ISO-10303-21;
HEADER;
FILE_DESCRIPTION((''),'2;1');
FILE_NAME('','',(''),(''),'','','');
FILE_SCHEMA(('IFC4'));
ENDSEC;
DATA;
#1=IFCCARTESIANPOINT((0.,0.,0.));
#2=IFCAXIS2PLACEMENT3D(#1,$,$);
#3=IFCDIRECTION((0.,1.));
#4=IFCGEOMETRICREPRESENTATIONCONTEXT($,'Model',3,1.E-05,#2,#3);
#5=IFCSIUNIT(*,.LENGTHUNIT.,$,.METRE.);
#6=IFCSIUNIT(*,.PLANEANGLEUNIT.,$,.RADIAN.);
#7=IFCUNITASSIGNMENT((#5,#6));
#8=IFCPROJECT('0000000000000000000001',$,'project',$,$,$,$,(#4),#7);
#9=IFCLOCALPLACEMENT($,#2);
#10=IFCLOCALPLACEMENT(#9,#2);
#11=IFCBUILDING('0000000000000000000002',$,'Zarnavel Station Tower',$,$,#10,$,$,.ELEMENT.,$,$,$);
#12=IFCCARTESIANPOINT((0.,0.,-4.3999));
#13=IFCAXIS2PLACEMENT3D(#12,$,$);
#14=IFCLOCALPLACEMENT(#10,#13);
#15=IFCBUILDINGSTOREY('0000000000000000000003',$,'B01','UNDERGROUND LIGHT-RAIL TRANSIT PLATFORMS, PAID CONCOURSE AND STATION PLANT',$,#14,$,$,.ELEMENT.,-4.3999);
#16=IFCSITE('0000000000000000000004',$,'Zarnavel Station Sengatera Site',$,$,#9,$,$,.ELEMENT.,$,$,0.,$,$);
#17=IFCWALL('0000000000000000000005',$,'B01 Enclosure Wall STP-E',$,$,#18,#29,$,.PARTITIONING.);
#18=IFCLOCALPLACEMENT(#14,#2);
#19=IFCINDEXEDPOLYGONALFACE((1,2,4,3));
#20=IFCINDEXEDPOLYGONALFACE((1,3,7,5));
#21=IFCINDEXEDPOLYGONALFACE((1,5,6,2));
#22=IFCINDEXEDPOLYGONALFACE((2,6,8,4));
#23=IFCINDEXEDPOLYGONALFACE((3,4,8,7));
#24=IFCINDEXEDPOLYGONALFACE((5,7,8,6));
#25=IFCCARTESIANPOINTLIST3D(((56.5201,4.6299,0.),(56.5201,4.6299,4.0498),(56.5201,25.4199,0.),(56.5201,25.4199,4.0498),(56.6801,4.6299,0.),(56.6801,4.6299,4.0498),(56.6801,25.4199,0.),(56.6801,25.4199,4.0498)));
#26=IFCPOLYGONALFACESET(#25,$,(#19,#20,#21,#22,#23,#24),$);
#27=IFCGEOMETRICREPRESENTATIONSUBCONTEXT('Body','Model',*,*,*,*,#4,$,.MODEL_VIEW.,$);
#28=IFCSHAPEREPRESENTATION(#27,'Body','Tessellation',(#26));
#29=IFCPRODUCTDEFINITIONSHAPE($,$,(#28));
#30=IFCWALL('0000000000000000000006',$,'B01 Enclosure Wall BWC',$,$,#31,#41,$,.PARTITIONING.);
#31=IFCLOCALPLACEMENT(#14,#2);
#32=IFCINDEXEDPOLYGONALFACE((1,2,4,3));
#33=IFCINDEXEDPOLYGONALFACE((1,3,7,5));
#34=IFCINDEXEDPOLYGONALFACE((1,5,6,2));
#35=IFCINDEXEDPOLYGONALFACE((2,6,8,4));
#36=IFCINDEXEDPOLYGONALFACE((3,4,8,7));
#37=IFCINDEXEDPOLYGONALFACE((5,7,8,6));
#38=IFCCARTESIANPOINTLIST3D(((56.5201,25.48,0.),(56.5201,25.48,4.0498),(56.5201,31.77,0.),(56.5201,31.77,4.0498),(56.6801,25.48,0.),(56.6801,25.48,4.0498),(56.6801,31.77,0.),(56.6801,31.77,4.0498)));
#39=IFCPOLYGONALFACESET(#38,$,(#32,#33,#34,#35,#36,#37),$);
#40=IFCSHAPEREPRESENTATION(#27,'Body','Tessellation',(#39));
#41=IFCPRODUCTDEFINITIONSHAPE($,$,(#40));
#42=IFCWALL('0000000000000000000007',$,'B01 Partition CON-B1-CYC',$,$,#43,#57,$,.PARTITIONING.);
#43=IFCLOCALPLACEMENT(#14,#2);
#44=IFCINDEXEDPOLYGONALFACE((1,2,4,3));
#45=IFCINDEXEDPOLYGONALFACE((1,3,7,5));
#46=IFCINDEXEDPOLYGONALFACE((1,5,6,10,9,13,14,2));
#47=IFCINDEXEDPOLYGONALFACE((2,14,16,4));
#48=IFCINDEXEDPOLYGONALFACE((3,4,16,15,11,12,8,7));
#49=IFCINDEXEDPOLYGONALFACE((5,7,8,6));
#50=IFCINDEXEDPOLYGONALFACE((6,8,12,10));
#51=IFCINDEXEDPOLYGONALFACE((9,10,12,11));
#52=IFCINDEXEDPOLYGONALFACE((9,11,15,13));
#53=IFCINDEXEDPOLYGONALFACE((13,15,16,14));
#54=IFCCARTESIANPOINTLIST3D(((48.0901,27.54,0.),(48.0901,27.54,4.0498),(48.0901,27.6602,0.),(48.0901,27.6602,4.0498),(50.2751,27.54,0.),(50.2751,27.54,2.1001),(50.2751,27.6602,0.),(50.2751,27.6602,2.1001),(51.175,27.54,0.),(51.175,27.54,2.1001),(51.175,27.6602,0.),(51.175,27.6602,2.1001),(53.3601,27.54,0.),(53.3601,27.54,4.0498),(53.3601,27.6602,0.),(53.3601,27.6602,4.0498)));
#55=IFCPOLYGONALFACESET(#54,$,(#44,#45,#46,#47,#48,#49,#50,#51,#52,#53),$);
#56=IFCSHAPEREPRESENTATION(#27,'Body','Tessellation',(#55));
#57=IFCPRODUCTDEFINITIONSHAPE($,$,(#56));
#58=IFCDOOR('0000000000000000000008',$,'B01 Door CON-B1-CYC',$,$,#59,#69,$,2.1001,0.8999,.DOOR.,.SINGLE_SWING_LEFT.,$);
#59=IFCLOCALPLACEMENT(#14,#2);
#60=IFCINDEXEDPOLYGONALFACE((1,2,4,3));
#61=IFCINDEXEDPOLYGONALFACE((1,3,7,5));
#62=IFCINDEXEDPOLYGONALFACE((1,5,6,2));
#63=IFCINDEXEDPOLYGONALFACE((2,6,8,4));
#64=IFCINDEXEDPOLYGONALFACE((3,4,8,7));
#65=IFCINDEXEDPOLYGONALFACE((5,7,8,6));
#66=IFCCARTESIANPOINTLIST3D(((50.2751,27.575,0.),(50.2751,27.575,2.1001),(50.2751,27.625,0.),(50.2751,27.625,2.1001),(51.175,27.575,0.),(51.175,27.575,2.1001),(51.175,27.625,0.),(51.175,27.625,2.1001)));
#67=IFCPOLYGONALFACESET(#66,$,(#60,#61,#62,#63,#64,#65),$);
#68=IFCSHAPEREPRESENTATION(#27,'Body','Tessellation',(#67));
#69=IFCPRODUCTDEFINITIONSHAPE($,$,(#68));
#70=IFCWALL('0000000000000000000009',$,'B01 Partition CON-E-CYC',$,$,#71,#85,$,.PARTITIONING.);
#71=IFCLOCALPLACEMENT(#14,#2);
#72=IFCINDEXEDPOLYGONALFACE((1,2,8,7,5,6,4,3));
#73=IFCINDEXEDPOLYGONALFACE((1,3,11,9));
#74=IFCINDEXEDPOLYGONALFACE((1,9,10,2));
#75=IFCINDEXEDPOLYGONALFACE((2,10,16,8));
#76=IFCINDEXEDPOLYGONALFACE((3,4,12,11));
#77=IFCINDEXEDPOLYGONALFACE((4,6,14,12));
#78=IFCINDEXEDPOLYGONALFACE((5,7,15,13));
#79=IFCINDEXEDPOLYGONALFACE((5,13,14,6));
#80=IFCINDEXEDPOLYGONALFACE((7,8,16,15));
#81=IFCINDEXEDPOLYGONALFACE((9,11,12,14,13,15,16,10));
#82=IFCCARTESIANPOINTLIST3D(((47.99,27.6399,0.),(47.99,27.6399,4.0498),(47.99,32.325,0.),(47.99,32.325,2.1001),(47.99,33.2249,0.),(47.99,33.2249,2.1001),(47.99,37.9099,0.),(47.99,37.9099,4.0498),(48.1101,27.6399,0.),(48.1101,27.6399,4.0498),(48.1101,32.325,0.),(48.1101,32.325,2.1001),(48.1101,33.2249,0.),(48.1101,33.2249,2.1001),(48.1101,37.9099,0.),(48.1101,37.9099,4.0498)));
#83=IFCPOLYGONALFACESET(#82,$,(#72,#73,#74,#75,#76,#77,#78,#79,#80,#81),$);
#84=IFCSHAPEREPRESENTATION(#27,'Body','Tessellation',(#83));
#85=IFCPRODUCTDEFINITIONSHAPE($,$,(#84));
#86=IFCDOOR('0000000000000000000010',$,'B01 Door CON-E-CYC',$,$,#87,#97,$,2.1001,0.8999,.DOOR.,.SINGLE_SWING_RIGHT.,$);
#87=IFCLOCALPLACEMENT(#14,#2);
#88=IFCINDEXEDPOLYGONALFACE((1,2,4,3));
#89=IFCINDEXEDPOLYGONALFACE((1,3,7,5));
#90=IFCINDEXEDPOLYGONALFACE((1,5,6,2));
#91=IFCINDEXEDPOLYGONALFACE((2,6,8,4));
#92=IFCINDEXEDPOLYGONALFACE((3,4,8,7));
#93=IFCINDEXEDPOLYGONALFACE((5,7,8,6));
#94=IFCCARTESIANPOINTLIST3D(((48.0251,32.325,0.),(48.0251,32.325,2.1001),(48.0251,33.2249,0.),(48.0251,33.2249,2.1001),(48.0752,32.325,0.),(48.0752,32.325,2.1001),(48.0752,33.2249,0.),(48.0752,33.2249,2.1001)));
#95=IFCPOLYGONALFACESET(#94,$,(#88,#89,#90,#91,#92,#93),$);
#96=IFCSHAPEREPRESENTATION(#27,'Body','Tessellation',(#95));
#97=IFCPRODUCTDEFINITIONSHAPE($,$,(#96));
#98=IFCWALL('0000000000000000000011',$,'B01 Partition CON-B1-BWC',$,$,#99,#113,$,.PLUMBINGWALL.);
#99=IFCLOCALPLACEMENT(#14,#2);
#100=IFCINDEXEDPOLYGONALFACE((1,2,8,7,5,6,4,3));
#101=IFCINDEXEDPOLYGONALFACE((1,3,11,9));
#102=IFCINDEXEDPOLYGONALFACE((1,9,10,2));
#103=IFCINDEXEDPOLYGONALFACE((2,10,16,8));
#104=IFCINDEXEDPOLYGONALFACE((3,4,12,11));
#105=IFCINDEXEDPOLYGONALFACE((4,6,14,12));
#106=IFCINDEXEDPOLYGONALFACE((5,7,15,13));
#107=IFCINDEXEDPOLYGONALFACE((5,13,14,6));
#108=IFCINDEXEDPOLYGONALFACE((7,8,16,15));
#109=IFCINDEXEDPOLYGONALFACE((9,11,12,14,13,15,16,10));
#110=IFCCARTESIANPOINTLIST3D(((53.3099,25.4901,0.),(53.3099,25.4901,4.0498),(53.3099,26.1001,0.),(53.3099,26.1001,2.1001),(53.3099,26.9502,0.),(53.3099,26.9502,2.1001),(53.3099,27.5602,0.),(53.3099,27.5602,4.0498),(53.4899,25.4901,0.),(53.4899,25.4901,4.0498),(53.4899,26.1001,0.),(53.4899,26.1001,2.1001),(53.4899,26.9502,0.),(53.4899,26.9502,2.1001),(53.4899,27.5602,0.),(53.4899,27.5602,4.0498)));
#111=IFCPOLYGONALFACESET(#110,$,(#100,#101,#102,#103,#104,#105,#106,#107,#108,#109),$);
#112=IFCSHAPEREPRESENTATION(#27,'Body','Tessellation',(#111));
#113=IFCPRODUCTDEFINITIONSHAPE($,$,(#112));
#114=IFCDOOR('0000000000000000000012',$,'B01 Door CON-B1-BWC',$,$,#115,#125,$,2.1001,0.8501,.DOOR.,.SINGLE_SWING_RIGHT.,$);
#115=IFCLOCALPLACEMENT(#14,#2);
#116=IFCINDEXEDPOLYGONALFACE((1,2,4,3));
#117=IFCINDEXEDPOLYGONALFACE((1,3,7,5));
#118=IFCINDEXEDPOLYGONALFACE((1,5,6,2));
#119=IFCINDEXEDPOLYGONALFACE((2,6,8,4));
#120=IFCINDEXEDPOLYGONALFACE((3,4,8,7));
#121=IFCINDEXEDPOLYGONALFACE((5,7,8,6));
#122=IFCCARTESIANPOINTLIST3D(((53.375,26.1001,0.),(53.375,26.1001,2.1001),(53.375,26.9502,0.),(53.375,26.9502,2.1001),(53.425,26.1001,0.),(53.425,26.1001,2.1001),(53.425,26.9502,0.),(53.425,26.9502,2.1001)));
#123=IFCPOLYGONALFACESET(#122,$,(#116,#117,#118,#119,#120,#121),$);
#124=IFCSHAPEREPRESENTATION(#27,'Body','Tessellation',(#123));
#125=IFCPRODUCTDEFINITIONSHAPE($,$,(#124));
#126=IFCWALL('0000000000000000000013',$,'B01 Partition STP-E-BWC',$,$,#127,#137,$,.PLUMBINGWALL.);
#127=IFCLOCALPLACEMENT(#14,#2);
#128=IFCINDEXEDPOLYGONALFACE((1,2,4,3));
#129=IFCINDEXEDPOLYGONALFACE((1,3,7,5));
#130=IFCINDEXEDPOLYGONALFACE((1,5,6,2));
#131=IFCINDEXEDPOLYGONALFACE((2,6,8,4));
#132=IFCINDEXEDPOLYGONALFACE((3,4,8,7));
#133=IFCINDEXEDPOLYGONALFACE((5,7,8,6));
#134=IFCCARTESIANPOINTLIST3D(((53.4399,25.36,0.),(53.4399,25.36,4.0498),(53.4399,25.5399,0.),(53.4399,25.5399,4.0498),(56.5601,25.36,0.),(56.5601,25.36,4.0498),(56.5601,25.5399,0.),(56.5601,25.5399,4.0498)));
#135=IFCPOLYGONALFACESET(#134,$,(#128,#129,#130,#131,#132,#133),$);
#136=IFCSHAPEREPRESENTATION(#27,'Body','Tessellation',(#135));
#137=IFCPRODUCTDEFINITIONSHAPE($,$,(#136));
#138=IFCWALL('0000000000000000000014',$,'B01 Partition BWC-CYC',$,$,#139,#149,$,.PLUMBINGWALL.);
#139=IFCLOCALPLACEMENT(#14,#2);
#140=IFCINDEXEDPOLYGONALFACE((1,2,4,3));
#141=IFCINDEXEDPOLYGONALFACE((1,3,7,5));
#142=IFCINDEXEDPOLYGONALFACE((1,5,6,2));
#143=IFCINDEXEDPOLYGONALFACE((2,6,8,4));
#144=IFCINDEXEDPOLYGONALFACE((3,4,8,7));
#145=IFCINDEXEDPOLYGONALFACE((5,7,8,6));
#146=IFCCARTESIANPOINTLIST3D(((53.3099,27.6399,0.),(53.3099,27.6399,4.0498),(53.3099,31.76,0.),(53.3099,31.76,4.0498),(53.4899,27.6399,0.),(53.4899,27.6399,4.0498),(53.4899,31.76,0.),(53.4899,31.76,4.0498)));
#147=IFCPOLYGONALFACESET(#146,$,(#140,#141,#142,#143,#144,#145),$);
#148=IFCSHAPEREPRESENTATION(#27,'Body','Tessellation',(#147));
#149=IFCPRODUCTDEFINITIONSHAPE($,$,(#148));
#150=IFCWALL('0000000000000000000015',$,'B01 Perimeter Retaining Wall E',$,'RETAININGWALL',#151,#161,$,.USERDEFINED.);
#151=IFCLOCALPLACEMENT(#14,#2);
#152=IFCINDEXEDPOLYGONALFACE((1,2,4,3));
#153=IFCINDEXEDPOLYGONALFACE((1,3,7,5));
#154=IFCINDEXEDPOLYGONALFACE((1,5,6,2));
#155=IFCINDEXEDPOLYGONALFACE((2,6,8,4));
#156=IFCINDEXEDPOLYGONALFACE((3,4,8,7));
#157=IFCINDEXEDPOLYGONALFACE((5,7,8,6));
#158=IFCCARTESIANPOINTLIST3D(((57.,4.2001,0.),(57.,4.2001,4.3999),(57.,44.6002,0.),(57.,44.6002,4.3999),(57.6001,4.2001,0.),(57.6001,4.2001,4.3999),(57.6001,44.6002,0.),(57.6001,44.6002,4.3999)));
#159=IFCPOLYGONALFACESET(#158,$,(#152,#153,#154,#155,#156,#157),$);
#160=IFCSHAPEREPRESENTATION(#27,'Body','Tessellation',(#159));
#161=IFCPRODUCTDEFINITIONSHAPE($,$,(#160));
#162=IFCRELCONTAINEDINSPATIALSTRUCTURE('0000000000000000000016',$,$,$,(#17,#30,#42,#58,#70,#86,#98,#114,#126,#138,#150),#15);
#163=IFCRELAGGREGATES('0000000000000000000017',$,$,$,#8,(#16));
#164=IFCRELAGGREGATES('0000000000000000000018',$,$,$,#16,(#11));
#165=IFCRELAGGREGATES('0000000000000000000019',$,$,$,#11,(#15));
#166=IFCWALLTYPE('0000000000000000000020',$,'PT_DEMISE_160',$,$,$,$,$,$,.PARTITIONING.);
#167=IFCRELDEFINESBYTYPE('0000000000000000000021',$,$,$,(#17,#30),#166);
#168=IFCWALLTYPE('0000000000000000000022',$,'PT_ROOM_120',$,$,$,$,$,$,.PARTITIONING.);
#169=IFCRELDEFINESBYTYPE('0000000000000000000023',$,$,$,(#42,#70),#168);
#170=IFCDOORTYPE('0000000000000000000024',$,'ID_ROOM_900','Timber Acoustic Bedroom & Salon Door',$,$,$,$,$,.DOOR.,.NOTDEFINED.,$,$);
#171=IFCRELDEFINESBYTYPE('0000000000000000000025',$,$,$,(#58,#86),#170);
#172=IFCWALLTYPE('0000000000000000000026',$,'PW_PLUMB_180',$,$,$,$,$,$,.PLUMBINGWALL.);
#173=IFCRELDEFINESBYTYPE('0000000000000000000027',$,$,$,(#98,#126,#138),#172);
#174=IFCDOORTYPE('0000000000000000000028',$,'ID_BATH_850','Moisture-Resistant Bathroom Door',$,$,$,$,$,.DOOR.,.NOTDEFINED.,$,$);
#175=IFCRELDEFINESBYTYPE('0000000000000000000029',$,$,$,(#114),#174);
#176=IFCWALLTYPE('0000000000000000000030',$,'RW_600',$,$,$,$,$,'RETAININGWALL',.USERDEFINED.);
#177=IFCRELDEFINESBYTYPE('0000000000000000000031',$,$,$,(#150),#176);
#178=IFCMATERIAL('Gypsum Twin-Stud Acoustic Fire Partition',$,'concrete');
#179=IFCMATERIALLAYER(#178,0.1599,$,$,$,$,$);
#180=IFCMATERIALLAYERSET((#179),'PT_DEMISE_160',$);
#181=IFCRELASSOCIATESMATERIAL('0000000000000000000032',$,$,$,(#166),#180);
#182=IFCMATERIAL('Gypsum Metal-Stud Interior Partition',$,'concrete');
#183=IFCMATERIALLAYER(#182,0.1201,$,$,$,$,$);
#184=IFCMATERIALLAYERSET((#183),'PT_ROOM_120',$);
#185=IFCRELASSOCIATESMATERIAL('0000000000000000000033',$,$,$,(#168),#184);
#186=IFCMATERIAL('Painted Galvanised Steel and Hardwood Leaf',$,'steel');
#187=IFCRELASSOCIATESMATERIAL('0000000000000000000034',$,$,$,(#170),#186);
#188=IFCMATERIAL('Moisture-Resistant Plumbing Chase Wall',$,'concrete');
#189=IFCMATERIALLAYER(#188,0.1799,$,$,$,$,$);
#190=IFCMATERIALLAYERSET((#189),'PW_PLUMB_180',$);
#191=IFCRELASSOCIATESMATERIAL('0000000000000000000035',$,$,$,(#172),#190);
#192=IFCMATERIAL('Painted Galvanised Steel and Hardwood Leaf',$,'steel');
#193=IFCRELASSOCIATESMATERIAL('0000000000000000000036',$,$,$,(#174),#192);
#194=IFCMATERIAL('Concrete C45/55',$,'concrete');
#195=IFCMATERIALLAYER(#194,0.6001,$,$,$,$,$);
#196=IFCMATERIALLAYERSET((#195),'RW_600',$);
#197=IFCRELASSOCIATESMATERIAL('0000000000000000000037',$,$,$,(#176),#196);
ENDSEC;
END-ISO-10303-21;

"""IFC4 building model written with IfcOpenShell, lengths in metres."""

from ifc_helpers import new_model, si_unit, direction, frame, frame_2d, origin, place, context, subcontext, project, spatial, rectangle, extrude, material, layer, layer_set, type_object, element, fill, save


model = new_model("IFC4")

# Units and contexts
model_context = context("Model", 3, precision=1e-05, world=origin(), true_north=direction((0.0, 1.0)))
body_context = subcontext(model_context, "Body", "Model", "MODEL_VIEW")
ifc_project = project(units=[si_unit("LENGTHUNIT", "METRE"), si_unit("PLANEANGLEUNIT", "RADIAN")], contexts=[model_context])

# Site, building, storey
site_placement = place(None, origin())
site = spatial("IfcSite", under=ifc_project, at=site_placement, Name="Zarnavel Station Sengatera Site", CompositionType="ELEMENT", RefElevation=0.0)
building_placement = place(site_placement, origin())
building = spatial("IfcBuilding", under=site, at=building_placement, Name="Zarnavel Station Tower", CompositionType="ELEMENT")
storey_placement = place(building_placement, frame((0.0, 0.0, -4.3999)))
storey = spatial("IfcBuildingStorey", under=building, at=storey_placement, Name="B01", Description="UNDERGROUND LIGHT-RAIL TRANSIT PLATFORMS, PAID CONCOURSE AND STATION PLANT", CompositionType="ELEMENT", Elevation=-4.3999)

# Shared definitions
ifc_material_1 = material(Name="Gypsum Twin-Stud Acoustic Fire Partition", Category="concrete")
ifc_layer_1 = layer(ifc_material_1, 0.1599)
ifc_layer_set_1 = layer_set([ifc_layer_1], Name="PT_DEMISE_160")
wall_type_1 = type_object("IfcWallType", Name="PT_DEMISE_160", PredefinedType="PARTITIONING", material=ifc_layer_set_1)

# Walls
wall_1_placement = place(storey_placement, frame((56.6001, 4.6299, 0.0), z_axis=(0.0, 0.0, 1.0), x_axis=(0.0, 1.0, 0.0)))
element("IfcWall", 1, at=wall_1_placement, inside=storey, type_object=wall_type_1, Name="B01 Enclosure Wall STP-E", PredefinedType="PARTITIONING", context=body_context, shape_type="SweptSolid", body=[
    extrude(rectangle(XDim=20.79, YDim=0.1599, at=frame_2d((10.395, 0.0))), origin(), (0.0, 0.0, 1.0), 4.0498),
])
wall_2_placement = place(storey_placement, frame((56.6001, 25.48, 0.0), z_axis=(0.0, 0.0, 1.0), x_axis=(0.0, 1.0, 0.0)))
element("IfcWall", 2, at=wall_2_placement, inside=storey, type_object=wall_type_1, Name="B01 Enclosure Wall BWC", PredefinedType="PARTITIONING", context=body_context, shape_type="SweptSolid", body=[
    extrude(rectangle(XDim=6.29, YDim=0.1599, at=frame_2d((3.145, 0.0))), origin(), (0.0, 0.0, 1.0), 4.0498),
])

# Walls, openings, doors
ifc_material_2 = material(Name="Gypsum Metal-Stud Interior Partition", Category="concrete")
ifc_layer_2 = layer(ifc_material_2, 0.1201)
ifc_layer_set_2 = layer_set([ifc_layer_2], Name="PT_ROOM_120")
wall_type_2 = type_object("IfcWallType", Name="PT_ROOM_120", PredefinedType="PARTITIONING", material=ifc_layer_set_2)
wall_3_placement = place(storey_placement, frame((48.0901, 27.6001, 0.0), z_axis=(0.0, 0.0, 1.0), x_axis=(1.0, 0.0, 0.0)))
wall_3 = element("IfcWall", 3, at=wall_3_placement, inside=storey, type_object=wall_type_2, Name="B01 Partition CON-B1-CYC", PredefinedType="PARTITIONING", context=body_context, shape_type="SweptSolid", body=[
    extrude(rectangle(XDim=5.27, YDim=0.1201, at=frame_2d((2.635, 0.0))), origin(), (0.0, 0.0, 1.0), 4.0498),
])
opening_1_placement = place(wall_3_placement, frame((2.1851, 0.0, 0.0)))
opening_1 = element("IfcOpeningElement", 4, at=opening_1_placement, cuts=wall_3, PredefinedType="OPENING", context=body_context, shape_type="SweptSolid", body=[
    extrude(rectangle(XDim=0.8999, YDim=2.1001, at=frame_2d((0.45, 1.05))), frame((0.0, 0.0701, 0.0), z_axis=(0.0, -1.0, 0.0), x_axis=(1.0, 0.0, 0.0)), (0.0, 0.0, 1.0), 0.1401),
])
ifc_material_3 = material(Name="Painted Galvanised Steel and Hardwood Leaf", Category="steel")
door_type_1 = type_object("IfcDoorType", Name="ID_ROOM_900", Description="Timber Acoustic Bedroom & Salon Door", OperationType="NOTDEFINED", PredefinedType="DOOR", material=ifc_material_3)
door_1_placement = place(opening_1_placement, origin())
door_1 = element("IfcDoor", 5, at=door_1_placement, inside=storey, type_object=door_type_1, Name="B01 Door CON-B1-CYC", OperationType="SINGLE_SWING_LEFT", OverallHeight=2.1001, OverallWidth=0.8999, PredefinedType="DOOR", context=body_context, shape_type="SweptSolid", body=[
    extrude(rectangle(XDim=0.8999, YDim=2.1001, at=frame_2d((0.45, 1.05))), frame((0.0, 0.0249, 0.0), z_axis=(0.0, -1.0, 0.0), x_axis=(1.0, 0.0, 0.0)), (0.0, 0.0, 1.0), 0.05),
])
fill(opening_1, door_1)
wall_4_placement = place(storey_placement, frame((48.05, 27.6399, 0.0), z_axis=(0.0, 0.0, 1.0), x_axis=(0.0, 1.0, 0.0)))
wall_4 = element("IfcWall", 6, at=wall_4_placement, inside=storey, type_object=wall_type_2, Name="B01 Partition CON-E-CYC", PredefinedType="PARTITIONING", context=body_context, shape_type="SweptSolid", body=[
    extrude(rectangle(XDim=10.27, YDim=0.1201, at=frame_2d((5.135, 0.0))), origin(), (0.0, 0.0, 1.0), 4.0498),
])
opening_2_placement = place(wall_4_placement, frame((4.6851, 0.0, 0.0)))
opening_2 = element("IfcOpeningElement", 7, at=opening_2_placement, cuts=wall_4, PredefinedType="OPENING", context=body_context, shape_type="SweptSolid", body=[
    extrude(rectangle(XDim=0.8999, YDim=2.1001, at=frame_2d((0.45, 1.05))), frame((0.0, 0.0701, 0.0), z_axis=(0.0, -1.0, 0.0), x_axis=(1.0, 0.0, 0.0)), (0.0, 0.0, 1.0), 0.1401),
])
door_2_placement = place(opening_2_placement, origin())
door_2 = element("IfcDoor", 8, at=door_2_placement, inside=storey, type_object=door_type_1, Name="B01 Door CON-E-CYC", OperationType="SINGLE_SWING_RIGHT", OverallHeight=2.1001, OverallWidth=0.8999, PredefinedType="DOOR", context=body_context, shape_type="SweptSolid", body=[
    extrude(rectangle(XDim=0.8999, YDim=2.1001, at=frame_2d((0.45, 1.05))), frame((0.0, 0.0249, 0.0), z_axis=(0.0, -1.0, 0.0), x_axis=(1.0, 0.0, 0.0)), (0.0, 0.0, 1.0), 0.05),
])
fill(opening_2, door_2)
ifc_material_4 = material(Name="Moisture-Resistant Plumbing Chase Wall", Category="concrete")
ifc_layer_3 = layer(ifc_material_4, 0.1799)
ifc_layer_set_3 = layer_set([ifc_layer_3], Name="PW_PLUMB_180")
wall_type_3 = type_object("IfcWallType", Name="PW_PLUMB_180", PredefinedType="PLUMBINGWALL", material=ifc_layer_set_3)
wall_5_placement = place(storey_placement, frame((53.3999, 25.49, 0.0), z_axis=(0.0, 0.0, 1.0), x_axis=(0.0, 1.0, 0.0)))
wall_5 = element("IfcWall", 9, at=wall_5_placement, inside=storey, type_object=wall_type_3, Name="B01 Partition CON-B1-BWC", PredefinedType="PLUMBINGWALL", context=body_context, shape_type="SweptSolid", body=[
    extrude(rectangle(XDim=2.0701, YDim=0.1799, at=frame_2d((1.0352, 0.0))), origin(), (0.0, 0.0, 1.0), 4.0498),
])
opening_3_placement = place(wall_5_placement, frame((0.6101, 0.0, 0.0)))
opening_3 = element("IfcOpeningElement", 10, at=opening_3_placement, cuts=wall_5, PredefinedType="OPENING", context=body_context, shape_type="SweptSolid", body=[
    extrude(rectangle(XDim=0.8501, YDim=2.1001, at=frame_2d((0.425, 1.05))), frame((0.0, 0.0999, 0.0), z_axis=(0.0, -1.0, 0.0), x_axis=(1.0, 0.0, 0.0)), (0.0, 0.0, 1.0), 0.2),
])
ifc_material_5 = material(Name="Painted Galvanised Steel and Hardwood Leaf", Category="steel")
door_type_2 = type_object("IfcDoorType", Name="ID_BATH_850", Description="Moisture-Resistant Bathroom Door", OperationType="NOTDEFINED", PredefinedType="DOOR", material=ifc_material_5)
door_3_placement = place(opening_3_placement, origin())
door_3 = element("IfcDoor", 11, at=door_3_placement, inside=storey, type_object=door_type_2, Name="B01 Door CON-B1-BWC", OperationType="SINGLE_SWING_RIGHT", OverallHeight=2.1001, OverallWidth=0.8501, PredefinedType="DOOR", context=body_context, shape_type="SweptSolid", body=[
    extrude(rectangle(XDim=0.8501, YDim=2.1001, at=frame_2d((0.425, 1.05))), frame((0.0, 0.0249, 0.0), z_axis=(0.0, -1.0, 0.0), x_axis=(1.0, 0.0, 0.0)), (0.0, 0.0, 1.0), 0.05),
])
fill(opening_3, door_3)

# Walls
wall_6_placement = place(storey_placement, frame((53.4399, 25.45, 0.0), z_axis=(0.0, 0.0, 1.0), x_axis=(1.0, 0.0, 0.0)))
element("IfcWall", 12, at=wall_6_placement, inside=storey, type_object=wall_type_3, Name="B01 Partition STP-E-BWC", PredefinedType="PLUMBINGWALL", context=body_context, shape_type="SweptSolid", body=[
    extrude(rectangle(XDim=3.1201, YDim=0.1799, at=frame_2d((1.5601, 0.0))), origin(), (0.0, 0.0, 1.0), 4.0498),
])
wall_7_placement = place(storey_placement, frame((53.3999, 27.6399, 0.0), z_axis=(0.0, 0.0, 1.0), x_axis=(0.0, 1.0, 0.0)))
element("IfcWall", 13, at=wall_7_placement, inside=storey, type_object=wall_type_3, Name="B01 Partition BWC-CYC", PredefinedType="PLUMBINGWALL", context=body_context, shape_type="SweptSolid", body=[
    extrude(rectangle(XDim=4.1201, YDim=0.1799, at=frame_2d((2.0601, 0.0))), origin(), (0.0, 0.0, 1.0), 4.0498),
])
ifc_material_6 = material(Name="Concrete C45/55", Category="concrete")
ifc_layer_4 = layer(ifc_material_6, 0.6001)
ifc_layer_set_4 = layer_set([ifc_layer_4], Name="RW_600")
wall_type_4 = type_object("IfcWallType", Name="RW_600", ElementType="RETAININGWALL", PredefinedType="USERDEFINED", material=ifc_layer_set_4)
wall_8_placement = place(storey_placement, frame((57.3, 4.2, 0.0), z_axis=(0.0, 0.0, 1.0), x_axis=(0.0, 1.0, 0.0)))
element("IfcWall", 14, at=wall_8_placement, inside=storey, type_object=wall_type_4, Name="B01 Perimeter Retaining Wall E", ObjectType="RETAININGWALL", PredefinedType="USERDEFINED", context=body_context, shape_type="SweptSolid", body=[
    extrude(rectangle(XDim=40.4001, YDim=0.6001, at=frame_2d((20.2002, 0.0))), origin(), (0.0, 0.0, 1.0), 4.3999),
])

save(model, "model.ifc")
